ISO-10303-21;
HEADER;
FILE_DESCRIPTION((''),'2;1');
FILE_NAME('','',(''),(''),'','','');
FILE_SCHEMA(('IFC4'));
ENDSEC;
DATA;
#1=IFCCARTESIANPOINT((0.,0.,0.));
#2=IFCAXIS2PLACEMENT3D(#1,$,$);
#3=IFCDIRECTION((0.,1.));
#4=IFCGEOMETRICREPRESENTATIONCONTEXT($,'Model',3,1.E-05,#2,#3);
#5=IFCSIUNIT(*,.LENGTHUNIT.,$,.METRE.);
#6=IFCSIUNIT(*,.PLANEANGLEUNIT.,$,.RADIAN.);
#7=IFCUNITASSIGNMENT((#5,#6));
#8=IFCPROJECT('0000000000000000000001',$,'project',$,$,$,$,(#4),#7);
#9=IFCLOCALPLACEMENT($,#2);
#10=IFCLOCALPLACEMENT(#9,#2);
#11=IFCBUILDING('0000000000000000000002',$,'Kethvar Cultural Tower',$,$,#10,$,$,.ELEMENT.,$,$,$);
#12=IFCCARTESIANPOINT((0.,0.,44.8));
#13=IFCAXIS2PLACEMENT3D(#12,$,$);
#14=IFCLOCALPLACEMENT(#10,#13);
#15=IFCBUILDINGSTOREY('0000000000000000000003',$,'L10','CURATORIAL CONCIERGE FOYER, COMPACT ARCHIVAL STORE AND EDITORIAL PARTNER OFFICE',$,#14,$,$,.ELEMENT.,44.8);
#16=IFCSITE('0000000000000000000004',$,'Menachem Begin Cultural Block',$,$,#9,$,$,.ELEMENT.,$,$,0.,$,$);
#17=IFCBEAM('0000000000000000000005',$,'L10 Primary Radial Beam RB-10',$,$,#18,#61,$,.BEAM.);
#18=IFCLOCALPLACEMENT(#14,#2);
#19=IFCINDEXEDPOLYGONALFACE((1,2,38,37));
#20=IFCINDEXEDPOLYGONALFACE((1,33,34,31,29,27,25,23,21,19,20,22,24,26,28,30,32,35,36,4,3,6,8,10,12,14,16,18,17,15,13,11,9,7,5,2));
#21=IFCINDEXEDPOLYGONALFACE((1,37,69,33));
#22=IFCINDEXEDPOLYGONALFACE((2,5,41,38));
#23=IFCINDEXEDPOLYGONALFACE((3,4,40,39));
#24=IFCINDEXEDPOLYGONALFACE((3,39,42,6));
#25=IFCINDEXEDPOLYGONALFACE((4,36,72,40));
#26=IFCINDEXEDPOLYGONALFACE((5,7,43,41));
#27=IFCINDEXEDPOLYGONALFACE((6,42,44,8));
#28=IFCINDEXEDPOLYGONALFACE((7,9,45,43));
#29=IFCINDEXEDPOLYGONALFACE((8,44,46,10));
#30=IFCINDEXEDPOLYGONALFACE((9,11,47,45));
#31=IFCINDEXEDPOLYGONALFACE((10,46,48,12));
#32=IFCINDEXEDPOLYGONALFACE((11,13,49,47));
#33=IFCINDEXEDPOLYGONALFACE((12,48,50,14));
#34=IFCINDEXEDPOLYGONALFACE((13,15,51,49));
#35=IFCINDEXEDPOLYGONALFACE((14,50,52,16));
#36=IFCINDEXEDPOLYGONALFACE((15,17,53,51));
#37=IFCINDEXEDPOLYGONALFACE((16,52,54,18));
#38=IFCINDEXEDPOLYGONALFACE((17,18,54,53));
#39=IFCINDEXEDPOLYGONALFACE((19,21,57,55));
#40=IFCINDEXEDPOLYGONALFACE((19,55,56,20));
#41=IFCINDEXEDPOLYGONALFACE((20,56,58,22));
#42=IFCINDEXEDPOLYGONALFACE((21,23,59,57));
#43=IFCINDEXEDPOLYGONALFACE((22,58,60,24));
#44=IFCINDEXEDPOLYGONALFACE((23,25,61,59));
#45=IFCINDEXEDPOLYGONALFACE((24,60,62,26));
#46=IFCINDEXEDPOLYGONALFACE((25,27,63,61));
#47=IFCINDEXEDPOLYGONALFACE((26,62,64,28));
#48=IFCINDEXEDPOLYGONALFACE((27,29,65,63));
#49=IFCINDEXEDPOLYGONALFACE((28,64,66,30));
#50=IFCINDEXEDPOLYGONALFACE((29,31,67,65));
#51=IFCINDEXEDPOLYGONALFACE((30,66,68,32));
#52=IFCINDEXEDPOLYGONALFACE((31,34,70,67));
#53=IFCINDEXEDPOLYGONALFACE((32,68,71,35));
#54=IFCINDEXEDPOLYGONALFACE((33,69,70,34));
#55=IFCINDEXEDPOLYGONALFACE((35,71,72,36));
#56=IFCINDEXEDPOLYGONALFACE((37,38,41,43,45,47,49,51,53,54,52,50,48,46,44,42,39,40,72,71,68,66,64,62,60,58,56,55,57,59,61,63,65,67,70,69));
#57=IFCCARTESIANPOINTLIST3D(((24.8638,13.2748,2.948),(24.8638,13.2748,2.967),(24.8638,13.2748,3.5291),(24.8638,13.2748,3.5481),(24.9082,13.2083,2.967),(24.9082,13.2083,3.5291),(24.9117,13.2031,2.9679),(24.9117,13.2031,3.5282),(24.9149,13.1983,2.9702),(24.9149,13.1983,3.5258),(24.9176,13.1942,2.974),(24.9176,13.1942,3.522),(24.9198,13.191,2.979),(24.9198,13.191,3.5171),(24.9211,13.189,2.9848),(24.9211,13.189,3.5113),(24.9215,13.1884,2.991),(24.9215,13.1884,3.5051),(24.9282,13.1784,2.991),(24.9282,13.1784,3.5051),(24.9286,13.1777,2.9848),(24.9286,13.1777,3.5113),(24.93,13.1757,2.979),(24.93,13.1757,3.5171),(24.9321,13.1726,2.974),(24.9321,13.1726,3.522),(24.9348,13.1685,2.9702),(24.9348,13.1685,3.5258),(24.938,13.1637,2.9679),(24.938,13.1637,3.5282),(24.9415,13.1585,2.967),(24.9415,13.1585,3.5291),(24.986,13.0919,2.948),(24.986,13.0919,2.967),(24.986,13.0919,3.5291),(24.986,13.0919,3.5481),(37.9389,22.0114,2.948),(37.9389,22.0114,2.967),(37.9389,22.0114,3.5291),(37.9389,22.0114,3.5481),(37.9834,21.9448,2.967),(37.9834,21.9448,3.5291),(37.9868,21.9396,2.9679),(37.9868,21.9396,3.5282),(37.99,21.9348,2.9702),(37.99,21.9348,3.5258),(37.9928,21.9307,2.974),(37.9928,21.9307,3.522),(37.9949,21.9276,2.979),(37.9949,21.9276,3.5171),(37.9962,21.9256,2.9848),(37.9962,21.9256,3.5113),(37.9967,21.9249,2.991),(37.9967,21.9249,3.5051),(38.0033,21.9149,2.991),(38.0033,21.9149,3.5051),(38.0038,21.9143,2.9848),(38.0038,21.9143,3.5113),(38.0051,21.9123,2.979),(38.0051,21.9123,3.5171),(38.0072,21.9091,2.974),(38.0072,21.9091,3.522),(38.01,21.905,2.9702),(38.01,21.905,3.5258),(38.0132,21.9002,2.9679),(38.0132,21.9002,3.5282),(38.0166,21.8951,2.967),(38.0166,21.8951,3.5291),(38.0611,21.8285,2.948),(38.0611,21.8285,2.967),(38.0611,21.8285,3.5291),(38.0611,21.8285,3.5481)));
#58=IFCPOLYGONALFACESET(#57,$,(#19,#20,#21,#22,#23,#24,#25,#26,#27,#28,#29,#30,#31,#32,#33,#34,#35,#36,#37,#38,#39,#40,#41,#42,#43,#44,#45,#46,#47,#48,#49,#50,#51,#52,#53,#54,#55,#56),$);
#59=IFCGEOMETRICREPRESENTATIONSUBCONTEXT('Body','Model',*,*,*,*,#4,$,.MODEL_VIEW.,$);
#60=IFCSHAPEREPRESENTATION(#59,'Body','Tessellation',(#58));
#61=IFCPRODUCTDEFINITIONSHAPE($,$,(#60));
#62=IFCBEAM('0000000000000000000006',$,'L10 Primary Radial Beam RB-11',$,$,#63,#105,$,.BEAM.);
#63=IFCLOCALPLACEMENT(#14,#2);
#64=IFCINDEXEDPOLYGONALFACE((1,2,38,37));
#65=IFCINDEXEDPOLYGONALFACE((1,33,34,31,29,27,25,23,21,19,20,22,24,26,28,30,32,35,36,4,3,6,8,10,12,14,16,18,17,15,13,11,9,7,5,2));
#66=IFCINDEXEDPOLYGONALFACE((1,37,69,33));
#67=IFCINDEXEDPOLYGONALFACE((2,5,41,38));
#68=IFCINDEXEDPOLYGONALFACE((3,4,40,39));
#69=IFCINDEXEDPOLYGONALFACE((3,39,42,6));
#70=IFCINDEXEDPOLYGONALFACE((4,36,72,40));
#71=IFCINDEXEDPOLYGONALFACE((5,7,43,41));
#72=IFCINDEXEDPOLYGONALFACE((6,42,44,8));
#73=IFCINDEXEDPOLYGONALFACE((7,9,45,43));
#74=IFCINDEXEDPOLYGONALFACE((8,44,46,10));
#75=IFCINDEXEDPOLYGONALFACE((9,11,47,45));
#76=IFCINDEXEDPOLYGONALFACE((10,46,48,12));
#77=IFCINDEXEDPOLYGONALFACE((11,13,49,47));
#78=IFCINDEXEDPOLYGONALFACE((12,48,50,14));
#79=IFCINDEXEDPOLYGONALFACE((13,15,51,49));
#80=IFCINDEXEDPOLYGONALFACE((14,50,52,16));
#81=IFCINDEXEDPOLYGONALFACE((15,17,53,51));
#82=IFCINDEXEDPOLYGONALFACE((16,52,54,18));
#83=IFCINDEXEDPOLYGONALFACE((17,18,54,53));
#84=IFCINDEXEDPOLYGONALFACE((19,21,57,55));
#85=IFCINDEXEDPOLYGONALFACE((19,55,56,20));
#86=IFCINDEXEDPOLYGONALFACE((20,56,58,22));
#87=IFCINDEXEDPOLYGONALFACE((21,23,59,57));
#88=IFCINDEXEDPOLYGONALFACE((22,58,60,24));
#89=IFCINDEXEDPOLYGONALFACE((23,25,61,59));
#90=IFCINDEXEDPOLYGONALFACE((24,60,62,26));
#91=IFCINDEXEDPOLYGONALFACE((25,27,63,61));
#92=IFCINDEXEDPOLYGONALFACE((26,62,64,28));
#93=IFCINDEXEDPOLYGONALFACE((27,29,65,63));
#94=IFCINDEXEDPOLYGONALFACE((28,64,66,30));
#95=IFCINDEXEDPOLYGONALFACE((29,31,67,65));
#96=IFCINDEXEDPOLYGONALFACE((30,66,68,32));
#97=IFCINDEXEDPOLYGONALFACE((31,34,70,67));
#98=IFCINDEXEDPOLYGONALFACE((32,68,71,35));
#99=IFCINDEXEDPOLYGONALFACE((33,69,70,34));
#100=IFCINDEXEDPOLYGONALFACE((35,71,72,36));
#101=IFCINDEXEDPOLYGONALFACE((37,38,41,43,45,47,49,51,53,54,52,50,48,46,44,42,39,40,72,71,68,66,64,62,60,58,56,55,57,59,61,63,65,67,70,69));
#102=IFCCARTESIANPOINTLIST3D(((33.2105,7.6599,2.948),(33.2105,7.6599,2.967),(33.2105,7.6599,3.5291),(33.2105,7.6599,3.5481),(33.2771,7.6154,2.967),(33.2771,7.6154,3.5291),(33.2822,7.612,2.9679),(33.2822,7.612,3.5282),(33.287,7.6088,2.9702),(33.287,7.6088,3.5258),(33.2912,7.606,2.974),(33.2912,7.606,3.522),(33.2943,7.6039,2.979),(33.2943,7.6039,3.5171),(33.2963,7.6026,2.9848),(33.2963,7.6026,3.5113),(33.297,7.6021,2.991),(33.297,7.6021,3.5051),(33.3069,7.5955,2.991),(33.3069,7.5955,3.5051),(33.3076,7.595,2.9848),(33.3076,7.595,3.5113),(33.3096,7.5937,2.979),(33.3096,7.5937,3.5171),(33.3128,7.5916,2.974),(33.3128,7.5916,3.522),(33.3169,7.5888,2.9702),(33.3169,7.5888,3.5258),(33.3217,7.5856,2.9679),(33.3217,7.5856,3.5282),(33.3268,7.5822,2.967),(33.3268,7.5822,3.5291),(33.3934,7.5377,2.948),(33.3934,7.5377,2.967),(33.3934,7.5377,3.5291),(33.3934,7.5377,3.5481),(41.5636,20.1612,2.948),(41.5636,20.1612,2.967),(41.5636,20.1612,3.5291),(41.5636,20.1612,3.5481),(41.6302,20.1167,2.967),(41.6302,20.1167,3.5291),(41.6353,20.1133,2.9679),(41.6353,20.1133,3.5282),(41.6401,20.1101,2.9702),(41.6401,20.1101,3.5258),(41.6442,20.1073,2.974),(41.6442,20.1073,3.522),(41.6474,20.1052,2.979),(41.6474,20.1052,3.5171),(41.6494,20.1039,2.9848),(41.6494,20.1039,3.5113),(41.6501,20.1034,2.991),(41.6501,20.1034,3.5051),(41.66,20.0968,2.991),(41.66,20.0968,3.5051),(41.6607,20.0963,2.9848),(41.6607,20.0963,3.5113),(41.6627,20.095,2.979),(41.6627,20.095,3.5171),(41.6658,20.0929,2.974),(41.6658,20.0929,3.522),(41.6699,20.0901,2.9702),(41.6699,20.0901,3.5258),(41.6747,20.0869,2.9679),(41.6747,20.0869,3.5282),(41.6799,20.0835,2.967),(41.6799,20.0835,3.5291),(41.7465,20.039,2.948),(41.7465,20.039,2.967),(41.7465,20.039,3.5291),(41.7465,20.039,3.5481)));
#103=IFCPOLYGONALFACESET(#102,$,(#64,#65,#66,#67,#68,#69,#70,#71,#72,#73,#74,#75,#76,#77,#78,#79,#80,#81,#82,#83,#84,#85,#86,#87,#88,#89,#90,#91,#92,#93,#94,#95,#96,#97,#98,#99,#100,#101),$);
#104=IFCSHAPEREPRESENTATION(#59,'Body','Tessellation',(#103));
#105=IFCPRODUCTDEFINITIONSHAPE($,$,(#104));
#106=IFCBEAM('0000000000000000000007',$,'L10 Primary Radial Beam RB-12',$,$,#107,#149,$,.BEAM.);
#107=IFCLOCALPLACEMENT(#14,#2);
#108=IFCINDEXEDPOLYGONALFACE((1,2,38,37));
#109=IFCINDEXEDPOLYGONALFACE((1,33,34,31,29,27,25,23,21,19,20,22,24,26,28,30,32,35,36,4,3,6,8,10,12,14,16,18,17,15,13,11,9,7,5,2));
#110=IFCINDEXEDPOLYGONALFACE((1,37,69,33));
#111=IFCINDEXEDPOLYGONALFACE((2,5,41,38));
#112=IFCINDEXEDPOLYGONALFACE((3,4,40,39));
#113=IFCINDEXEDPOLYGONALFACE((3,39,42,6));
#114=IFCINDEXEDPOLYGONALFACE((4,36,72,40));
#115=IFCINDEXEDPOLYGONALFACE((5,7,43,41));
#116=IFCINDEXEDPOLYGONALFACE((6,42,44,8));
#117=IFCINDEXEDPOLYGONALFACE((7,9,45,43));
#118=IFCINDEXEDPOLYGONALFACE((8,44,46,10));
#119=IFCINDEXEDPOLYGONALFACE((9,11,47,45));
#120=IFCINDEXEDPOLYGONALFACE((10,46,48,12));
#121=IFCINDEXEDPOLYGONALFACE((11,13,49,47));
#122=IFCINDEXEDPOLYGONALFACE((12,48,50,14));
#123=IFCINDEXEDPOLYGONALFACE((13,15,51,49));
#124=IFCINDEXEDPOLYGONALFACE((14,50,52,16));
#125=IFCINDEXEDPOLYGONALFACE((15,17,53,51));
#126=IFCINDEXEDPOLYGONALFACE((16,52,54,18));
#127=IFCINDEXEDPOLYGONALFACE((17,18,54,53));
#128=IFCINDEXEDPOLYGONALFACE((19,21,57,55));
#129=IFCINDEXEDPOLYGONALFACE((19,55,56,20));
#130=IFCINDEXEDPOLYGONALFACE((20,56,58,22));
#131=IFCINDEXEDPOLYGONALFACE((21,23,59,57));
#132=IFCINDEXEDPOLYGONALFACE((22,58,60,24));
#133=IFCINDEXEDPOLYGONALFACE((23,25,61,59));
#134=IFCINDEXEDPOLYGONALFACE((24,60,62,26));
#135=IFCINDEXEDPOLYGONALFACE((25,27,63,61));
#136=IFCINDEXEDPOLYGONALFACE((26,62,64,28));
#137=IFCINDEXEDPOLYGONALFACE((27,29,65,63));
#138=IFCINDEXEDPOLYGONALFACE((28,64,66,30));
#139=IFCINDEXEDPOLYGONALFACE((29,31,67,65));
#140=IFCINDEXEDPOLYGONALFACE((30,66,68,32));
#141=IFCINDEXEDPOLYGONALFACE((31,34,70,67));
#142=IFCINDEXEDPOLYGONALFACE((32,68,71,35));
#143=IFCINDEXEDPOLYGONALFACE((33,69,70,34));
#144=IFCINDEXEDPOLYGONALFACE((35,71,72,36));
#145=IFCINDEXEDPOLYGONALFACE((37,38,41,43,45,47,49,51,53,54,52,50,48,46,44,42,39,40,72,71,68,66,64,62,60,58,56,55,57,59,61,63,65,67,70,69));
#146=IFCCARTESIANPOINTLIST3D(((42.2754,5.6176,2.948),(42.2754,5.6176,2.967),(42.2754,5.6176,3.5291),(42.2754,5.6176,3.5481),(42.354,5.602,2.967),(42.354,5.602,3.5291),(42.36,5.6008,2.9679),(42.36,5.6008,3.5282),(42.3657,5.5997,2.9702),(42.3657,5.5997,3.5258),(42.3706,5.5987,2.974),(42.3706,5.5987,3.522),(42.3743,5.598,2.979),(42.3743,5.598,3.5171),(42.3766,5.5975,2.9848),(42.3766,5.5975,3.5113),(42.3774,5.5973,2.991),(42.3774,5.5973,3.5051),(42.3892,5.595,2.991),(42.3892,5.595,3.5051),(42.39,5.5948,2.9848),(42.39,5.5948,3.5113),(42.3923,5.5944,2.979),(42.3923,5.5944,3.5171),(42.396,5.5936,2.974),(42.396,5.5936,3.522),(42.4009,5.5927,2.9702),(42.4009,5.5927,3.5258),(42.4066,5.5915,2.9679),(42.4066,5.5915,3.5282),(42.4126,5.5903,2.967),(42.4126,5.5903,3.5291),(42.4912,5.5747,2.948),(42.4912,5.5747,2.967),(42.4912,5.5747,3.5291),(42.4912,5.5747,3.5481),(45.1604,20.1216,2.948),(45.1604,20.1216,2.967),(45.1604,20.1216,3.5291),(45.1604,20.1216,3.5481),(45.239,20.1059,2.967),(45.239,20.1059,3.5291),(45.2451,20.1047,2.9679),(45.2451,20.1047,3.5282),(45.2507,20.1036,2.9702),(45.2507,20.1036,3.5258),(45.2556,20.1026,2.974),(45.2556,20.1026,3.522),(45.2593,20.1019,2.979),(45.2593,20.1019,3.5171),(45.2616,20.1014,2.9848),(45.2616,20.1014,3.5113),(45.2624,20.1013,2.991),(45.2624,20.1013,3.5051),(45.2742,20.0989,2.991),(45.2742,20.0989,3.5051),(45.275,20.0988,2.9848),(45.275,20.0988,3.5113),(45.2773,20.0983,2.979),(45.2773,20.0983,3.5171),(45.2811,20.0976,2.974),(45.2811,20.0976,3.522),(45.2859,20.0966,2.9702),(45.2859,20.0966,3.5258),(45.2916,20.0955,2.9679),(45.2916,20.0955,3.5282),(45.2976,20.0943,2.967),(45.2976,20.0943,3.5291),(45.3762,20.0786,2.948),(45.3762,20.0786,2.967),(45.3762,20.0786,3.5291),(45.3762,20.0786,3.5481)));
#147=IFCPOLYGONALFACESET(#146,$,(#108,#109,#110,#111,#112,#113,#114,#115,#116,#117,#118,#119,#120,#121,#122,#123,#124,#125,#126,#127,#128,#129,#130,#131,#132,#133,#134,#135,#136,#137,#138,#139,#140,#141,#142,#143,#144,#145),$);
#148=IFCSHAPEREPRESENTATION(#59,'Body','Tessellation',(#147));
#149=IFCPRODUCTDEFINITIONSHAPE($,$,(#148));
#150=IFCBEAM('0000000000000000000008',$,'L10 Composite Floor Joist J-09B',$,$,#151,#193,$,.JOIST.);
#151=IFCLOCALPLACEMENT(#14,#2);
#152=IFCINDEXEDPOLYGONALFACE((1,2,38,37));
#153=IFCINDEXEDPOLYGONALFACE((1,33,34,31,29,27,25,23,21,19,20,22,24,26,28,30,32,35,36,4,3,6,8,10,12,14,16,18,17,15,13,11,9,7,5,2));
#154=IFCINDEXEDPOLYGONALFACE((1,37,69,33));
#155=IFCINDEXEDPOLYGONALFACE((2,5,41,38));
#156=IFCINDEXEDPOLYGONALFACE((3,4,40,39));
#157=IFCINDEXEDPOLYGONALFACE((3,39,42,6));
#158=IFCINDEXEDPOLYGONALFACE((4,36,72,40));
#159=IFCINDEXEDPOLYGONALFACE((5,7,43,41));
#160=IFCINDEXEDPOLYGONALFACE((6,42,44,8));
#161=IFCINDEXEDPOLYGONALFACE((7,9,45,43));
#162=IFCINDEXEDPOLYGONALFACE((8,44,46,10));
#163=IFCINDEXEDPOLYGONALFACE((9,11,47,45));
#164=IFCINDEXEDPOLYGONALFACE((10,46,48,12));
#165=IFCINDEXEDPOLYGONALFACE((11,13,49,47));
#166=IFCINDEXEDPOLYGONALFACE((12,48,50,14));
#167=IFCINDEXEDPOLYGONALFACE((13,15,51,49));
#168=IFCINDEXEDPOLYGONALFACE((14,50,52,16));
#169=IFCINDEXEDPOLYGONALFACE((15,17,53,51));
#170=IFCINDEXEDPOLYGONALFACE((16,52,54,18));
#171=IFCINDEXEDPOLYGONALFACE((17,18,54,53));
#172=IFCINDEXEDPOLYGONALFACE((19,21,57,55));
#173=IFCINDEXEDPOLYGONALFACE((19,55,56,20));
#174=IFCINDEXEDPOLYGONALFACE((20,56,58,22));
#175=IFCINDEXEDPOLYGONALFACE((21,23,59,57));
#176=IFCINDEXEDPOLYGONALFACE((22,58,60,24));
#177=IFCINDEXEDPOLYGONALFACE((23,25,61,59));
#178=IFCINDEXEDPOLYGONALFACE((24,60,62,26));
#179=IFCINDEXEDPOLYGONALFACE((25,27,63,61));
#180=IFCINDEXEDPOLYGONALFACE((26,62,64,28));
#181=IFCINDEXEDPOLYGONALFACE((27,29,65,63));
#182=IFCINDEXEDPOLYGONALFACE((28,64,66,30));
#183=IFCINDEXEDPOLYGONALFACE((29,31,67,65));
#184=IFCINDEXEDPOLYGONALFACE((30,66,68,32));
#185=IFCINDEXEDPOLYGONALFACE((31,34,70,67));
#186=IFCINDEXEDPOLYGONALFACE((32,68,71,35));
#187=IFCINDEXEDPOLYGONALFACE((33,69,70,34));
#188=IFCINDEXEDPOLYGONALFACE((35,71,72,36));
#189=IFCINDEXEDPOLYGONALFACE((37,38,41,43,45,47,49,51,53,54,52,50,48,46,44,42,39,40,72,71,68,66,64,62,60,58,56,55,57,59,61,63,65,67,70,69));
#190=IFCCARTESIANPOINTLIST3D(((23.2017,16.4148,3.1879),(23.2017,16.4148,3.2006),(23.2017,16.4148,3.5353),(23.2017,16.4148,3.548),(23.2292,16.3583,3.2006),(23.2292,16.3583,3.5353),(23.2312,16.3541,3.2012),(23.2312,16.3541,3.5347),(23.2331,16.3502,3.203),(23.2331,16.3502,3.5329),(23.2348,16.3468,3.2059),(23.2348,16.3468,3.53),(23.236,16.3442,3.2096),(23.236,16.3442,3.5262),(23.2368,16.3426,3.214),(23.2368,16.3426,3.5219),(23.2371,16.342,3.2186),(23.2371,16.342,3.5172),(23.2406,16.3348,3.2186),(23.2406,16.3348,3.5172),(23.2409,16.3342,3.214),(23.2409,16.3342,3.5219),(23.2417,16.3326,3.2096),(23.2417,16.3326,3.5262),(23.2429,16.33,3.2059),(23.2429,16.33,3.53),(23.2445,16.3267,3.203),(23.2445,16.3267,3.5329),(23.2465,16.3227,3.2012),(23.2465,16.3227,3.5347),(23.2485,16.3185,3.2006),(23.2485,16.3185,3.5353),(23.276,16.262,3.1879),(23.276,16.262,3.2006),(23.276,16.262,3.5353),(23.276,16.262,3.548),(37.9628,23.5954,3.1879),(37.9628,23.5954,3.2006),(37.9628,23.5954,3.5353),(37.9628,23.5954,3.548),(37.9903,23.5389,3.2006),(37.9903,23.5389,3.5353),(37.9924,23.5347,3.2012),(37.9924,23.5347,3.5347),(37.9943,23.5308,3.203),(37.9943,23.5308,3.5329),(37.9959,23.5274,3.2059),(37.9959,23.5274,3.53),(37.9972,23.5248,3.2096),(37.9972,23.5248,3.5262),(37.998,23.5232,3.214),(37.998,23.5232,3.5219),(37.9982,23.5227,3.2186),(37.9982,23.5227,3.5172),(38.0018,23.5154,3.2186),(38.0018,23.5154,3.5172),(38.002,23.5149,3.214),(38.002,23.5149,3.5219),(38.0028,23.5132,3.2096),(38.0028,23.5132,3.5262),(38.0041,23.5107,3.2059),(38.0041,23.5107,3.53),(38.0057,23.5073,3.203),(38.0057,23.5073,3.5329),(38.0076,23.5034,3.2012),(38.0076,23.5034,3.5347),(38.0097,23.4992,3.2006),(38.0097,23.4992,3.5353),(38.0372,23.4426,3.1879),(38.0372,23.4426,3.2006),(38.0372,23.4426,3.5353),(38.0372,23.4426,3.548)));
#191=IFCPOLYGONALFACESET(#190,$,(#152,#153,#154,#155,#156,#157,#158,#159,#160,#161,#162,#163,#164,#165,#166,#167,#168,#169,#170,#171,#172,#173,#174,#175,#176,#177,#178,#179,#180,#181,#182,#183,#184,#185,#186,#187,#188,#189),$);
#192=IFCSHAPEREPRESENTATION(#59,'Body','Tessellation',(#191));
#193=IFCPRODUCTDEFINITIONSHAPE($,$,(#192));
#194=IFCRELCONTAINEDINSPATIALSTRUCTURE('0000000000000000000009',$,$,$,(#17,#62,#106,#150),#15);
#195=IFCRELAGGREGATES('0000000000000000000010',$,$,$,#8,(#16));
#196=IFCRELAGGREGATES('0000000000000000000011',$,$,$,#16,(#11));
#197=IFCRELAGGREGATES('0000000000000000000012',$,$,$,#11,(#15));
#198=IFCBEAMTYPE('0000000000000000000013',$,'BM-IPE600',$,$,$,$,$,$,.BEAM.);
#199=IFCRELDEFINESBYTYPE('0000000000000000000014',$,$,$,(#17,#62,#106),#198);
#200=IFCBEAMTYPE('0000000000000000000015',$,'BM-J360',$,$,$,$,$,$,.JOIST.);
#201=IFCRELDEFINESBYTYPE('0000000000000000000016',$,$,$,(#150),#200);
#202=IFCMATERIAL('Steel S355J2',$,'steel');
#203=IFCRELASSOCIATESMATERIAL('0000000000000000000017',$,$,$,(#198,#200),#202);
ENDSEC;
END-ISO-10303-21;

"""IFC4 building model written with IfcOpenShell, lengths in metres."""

from ifc_helpers import new_model, si_unit, direction, frame, origin, origin_2d, place, context, subcontext, project, spatial, i_section, extrude, source, transform, mapped, material, material_profile, profile_set, type_object, element, save


model = new_model("IFC4")

# Units and contexts
model_context = context("Model", 3, precision=1e-05, world=origin(), true_north=direction((0.0, 1.0)))
body_context = subcontext(model_context, "Body", "Model", "MODEL_VIEW")
ifc_project = project(units=[si_unit("LENGTHUNIT", "METRE"), si_unit("PLANEANGLEUNIT", "RADIAN")], contexts=[model_context])

# Site, building, storey
site_placement = place(None, origin())
site = spatial("IfcSite", under=ifc_project, at=site_placement, Name="Menachem Begin Cultural Block", CompositionType="ELEMENT", RefElevation=0.0)
building_placement = place(site_placement, origin())
building = spatial("IfcBuilding", under=site, at=building_placement, Name="Kethvar Cultural Tower", CompositionType="ELEMENT")
storey_placement = place(building_placement, frame((0.0, 0.0, 44.8)))
storey = spatial("IfcBuildingStorey", under=building, at=storey_placement, Name="L10", Description="CURATORIAL CONCIERGE FOYER, COMPACT ARCHIVAL STORE AND EDITORIAL PARTNER OFFICE", CompositionType="ELEMENT", Elevation=44.8)

# Beams
ifc_material_1 = material(Name="Steel S355J2", Category="steel")
ifc_material_profile_1 = material_profile(ifc_material_1, i_section(OverallWidth=0.22, OverallDepth=0.6001, WebThickness=0.012, FlangeThickness=0.019, FilletRadius=0.0239, at=origin_2d()), Name="Steel S355J2 — IPE600")
ifc_profile_set_1 = profile_set([ifc_material_profile_1], Name="Steel S355J2 — IPE600")
beam_type_1 = type_object("IfcBeamType", Name="BM-IPE600", PredefinedType="BEAM", material=ifc_profile_set_1)
shared_shape_1 = source(origin(), body_context, "Body", "SweptSolid", [
    extrude(i_section(OverallWidth=0.22, OverallDepth=0.6001, WebThickness=0.012, FlangeThickness=0.019, FilletRadius=0.0239, at=origin_2d()), origin(), (0.0, 0.0, 1.0), 15.7253),
])
beam_1_placement = place(storey_placement, frame((38.0, 21.9199, 3.248), z_axis=(-0.831469, -0.55557, 0.0), x_axis=(0.55557, -0.831469, 0.0)))
element("IfcBeam", 1, at=beam_1_placement, inside=storey, type_object=beam_type_1, Name="L10 Primary Radial Beam RB-10", PredefinedType="BEAM", context=body_context, shape_type="MappedRepresentation", body=[
    mapped(shared_shape_1, transform((0.0, 0.0, 0.0), scale=1.0)),
])
shared_shape_2 = source(origin(), body_context, "Body", "SweptSolid", [
    extrude(i_section(OverallWidth=0.22, OverallDepth=0.6001, WebThickness=0.012, FlangeThickness=0.019, FilletRadius=0.0239, at=origin_2d()), origin(), (0.0, 0.0, 1.0), 15.0352),
])
beam_2_placement = place(storey_placement, frame((41.655, 20.1001, 3.248), z_axis=(-0.555569, -0.83147, 0.0), x_axis=(0.83147, -0.555569, 0.0)))
element("IfcBeam", 2, at=beam_2_placement, inside=storey, type_object=beam_type_1, Name="L10 Primary Radial Beam RB-11", PredefinedType="BEAM", context=body_context, shape_type="MappedRepresentation", body=[
    mapped(shared_shape_2, transform((0.0, 0.0, 0.0), scale=1.0)),
])
shared_shape_3 = source(origin(), body_context, "Body", "SweptSolid", [
    extrude(i_section(OverallWidth=0.22, OverallDepth=0.6001, WebThickness=0.012, FlangeThickness=0.019, FilletRadius=0.0239, at=origin_2d()), origin(), (0.0, 0.0, 1.0), 14.7881),
])
beam_3_placement = place(storey_placement, frame((45.2683, 20.1001, 3.248), z_axis=(-0.195091, -0.980785, 0.0), x_axis=(0.980785, -0.195091, 0.0)))
element("IfcBeam", 3, at=beam_3_placement, inside=storey, type_object=beam_type_1, Name="L10 Primary Radial Beam RB-12", PredefinedType="BEAM", context=body_context, shape_type="MappedRepresentation", body=[
    mapped(shared_shape_3, transform((0.0, 0.0, 0.0), scale=1.0)),
])
ifc_material_profile_2 = material_profile(ifc_material_1, i_section(OverallWidth=0.1699, OverallDepth=0.3601, WebThickness=0.0081, FlangeThickness=0.0127, FilletRadius=0.0181, at=origin_2d()), Name="Steel S355J2 — IPE360")
ifc_profile_set_2 = profile_set([ifc_material_profile_2], Name="Steel S355J2 — IPE360")
beam_type_2 = type_object("IfcBeamType", Name="BM-J360", PredefinedType="JOIST", material=ifc_profile_set_2)
shared_shape_4 = source(origin(), body_context, "Body", "SweptSolid", [
    extrude(i_section(OverallWidth=0.1699, OverallDepth=0.3601, WebThickness=0.0081, FlangeThickness=0.0127, FilletRadius=0.0181, at=origin_2d()), origin(), (0.0, 0.0, 1.0), 16.415),
])
beam_4_placement = place(storey_placement, frame((38.0, 23.519, 3.3679), z_axis=(-0.899246, -0.437442, 0.0), x_axis=(0.437442, -0.899246, 0.0)))
element("IfcBeam", 4, at=beam_4_placement, inside=storey, type_object=beam_type_2, Name="L10 Composite Floor Joist J-09B", PredefinedType="JOIST", context=body_context, shape_type="MappedRepresentation", body=[
    mapped(shared_shape_4, transform((0.0, 0.0, 0.0), scale=1.0)),
])

save(model, "model.ifc")
